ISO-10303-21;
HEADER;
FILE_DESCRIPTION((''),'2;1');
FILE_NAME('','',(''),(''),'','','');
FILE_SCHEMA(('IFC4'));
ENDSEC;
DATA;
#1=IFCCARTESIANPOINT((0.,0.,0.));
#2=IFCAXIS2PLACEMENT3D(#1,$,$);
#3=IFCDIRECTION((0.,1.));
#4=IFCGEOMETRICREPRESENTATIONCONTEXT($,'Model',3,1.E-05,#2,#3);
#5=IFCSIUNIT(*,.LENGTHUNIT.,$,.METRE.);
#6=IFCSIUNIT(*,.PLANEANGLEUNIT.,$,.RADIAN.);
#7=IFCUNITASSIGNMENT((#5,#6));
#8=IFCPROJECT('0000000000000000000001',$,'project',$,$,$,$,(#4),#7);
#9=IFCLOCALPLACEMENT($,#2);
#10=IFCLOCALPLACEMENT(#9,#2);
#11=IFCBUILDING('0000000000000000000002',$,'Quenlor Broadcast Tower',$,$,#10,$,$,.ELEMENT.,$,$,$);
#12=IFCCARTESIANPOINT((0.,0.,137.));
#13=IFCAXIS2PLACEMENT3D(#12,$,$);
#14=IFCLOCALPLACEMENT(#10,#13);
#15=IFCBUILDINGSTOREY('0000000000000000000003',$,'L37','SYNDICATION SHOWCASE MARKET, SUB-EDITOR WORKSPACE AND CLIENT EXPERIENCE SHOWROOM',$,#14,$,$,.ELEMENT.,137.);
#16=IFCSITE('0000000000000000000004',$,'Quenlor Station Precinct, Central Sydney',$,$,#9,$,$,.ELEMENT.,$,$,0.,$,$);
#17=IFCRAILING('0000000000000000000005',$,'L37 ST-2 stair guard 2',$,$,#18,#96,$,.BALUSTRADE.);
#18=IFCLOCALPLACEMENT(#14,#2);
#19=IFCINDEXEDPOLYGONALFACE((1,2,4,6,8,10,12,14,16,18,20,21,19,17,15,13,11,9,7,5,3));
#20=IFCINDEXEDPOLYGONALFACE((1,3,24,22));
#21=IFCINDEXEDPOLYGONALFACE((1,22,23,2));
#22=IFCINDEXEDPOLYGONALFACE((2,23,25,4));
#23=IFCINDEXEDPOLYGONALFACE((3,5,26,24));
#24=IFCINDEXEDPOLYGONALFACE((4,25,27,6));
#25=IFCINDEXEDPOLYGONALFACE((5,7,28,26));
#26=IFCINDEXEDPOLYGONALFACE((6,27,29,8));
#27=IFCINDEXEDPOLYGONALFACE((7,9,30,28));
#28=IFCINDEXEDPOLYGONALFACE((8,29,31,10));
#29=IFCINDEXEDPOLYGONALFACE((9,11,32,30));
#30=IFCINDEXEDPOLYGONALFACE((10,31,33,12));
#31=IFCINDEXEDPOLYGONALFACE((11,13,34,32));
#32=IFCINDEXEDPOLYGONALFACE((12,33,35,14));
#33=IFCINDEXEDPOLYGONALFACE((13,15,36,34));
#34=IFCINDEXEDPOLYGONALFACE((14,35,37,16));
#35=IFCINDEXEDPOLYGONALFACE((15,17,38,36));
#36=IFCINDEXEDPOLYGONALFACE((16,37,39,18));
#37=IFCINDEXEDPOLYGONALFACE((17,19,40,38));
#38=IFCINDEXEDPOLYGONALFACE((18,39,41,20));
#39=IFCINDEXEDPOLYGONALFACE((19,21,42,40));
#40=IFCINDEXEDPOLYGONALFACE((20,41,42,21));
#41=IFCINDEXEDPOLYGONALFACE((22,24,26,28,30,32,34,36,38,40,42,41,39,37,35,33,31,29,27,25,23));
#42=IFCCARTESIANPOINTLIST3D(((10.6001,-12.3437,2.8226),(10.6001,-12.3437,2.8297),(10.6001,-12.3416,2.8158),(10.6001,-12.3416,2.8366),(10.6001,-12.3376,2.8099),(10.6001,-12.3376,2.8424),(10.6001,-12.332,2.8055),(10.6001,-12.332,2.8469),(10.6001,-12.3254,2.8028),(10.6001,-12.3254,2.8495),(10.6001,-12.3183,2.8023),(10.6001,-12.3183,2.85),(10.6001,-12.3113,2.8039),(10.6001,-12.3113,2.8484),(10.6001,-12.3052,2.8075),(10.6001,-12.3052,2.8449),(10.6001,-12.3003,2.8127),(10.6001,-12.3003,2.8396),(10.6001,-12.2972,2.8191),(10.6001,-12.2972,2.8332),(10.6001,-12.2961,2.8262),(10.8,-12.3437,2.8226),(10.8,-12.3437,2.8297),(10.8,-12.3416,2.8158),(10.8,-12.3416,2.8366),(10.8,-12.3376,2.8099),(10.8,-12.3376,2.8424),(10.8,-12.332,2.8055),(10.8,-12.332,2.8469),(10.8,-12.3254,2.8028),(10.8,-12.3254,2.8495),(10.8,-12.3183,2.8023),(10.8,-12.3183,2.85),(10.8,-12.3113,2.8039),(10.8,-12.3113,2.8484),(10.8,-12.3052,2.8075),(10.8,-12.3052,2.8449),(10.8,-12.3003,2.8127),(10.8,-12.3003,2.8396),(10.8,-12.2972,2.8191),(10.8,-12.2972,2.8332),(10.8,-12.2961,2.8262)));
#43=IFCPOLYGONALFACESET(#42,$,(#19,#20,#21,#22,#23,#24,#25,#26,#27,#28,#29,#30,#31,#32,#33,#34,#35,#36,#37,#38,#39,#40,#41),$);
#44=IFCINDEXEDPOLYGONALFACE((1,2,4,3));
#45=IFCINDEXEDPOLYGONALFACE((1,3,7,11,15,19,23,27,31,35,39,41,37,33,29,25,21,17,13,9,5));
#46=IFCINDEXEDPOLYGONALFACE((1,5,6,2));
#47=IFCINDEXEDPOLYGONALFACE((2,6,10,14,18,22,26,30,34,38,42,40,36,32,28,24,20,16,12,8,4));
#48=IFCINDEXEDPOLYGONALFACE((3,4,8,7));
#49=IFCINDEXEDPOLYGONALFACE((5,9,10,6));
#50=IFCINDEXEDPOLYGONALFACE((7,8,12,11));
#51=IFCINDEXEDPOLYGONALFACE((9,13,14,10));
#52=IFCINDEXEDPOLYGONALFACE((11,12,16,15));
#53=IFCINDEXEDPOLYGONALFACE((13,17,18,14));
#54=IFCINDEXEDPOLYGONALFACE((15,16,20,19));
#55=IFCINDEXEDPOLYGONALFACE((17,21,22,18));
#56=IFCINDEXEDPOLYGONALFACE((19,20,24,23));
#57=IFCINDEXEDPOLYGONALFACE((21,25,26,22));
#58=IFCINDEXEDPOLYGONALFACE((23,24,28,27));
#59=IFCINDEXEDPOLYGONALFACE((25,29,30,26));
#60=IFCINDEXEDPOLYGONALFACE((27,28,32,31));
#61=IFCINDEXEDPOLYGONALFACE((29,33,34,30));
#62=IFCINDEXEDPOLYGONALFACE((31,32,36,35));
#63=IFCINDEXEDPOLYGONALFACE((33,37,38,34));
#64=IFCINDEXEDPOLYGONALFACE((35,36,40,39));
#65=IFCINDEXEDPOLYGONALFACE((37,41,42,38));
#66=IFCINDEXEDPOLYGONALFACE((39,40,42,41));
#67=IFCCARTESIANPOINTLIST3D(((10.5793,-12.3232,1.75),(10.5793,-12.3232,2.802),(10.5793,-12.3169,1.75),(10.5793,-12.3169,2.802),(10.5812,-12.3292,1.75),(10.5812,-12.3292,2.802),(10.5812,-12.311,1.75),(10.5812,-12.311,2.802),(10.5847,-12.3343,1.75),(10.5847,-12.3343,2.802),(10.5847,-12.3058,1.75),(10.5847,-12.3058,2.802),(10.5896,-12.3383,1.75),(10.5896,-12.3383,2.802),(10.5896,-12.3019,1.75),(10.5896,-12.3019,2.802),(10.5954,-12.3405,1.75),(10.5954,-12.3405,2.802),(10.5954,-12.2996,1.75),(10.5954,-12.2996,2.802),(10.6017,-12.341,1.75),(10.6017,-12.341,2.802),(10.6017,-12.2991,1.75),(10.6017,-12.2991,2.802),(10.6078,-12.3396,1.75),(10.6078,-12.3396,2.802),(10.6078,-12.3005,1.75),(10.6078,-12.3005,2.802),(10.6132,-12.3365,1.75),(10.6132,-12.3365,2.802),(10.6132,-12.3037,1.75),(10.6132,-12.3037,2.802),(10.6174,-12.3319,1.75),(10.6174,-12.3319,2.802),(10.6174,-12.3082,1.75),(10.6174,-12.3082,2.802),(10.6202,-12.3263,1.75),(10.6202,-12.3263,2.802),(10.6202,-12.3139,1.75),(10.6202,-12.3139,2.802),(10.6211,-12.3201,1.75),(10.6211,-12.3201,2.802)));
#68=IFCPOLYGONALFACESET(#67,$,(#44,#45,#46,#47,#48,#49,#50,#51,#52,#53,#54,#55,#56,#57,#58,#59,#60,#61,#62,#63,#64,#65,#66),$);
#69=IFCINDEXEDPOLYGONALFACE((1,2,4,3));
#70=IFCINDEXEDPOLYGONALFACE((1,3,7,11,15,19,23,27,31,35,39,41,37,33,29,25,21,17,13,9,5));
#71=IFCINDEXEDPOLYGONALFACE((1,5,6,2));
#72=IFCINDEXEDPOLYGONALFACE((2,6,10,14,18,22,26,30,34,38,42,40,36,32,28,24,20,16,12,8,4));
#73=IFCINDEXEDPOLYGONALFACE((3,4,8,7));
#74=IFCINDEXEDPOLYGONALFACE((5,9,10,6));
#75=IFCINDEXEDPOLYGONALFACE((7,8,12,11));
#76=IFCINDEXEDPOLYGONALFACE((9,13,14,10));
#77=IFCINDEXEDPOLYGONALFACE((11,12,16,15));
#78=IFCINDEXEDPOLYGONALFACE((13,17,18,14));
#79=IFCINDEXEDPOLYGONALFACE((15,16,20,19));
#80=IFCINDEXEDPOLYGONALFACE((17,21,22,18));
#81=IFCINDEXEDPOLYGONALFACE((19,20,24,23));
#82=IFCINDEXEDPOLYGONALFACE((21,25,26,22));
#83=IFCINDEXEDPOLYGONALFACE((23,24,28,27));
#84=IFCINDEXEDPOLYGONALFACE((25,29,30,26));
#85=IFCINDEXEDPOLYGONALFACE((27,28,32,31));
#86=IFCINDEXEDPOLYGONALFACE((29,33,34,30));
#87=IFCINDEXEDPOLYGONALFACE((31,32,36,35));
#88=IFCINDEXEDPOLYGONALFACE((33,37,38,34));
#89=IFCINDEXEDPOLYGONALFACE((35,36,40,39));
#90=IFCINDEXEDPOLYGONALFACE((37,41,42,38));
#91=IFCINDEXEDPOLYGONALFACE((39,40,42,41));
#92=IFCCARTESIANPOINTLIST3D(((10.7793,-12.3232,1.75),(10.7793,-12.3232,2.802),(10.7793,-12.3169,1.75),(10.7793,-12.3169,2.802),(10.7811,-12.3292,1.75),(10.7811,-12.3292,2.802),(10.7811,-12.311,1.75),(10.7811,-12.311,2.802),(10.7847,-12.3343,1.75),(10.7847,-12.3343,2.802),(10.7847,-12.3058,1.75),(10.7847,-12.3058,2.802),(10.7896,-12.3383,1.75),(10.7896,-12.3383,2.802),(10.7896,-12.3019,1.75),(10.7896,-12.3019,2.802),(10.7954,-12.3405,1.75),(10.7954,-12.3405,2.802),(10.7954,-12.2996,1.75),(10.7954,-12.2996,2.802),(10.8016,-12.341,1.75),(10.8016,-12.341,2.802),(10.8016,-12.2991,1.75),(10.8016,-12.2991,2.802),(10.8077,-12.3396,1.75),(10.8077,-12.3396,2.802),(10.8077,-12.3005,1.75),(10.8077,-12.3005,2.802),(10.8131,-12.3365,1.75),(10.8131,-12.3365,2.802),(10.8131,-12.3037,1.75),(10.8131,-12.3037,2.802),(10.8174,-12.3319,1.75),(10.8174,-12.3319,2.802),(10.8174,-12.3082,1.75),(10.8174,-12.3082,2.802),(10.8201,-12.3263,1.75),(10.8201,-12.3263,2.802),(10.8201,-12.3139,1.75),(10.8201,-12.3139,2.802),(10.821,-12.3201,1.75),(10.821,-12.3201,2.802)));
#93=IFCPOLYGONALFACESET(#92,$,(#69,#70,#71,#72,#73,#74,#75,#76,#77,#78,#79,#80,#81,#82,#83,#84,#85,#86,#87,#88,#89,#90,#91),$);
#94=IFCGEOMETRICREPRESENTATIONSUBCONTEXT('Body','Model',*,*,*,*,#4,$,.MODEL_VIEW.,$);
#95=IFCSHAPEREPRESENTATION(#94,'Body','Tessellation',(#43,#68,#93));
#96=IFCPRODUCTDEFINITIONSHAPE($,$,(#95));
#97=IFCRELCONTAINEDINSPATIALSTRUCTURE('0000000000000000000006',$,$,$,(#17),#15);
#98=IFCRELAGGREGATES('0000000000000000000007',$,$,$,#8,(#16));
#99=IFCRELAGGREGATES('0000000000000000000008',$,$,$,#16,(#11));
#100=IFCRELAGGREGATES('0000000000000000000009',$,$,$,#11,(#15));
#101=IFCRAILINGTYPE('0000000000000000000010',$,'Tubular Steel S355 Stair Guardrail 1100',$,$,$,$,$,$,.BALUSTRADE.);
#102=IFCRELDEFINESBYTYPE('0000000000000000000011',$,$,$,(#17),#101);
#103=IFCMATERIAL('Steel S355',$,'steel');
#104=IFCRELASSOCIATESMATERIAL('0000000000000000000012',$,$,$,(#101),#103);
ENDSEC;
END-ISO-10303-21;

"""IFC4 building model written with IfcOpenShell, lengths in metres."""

from ifc_helpers import new_model, si_unit, direction, frame, origin, origin_2d, place, context, subcontext, project, spatial, circle, extrude, material, type_object, element, save


model = new_model("IFC4")

# Units and contexts
model_context = context("Model", 3, precision=1e-05, world=origin(), true_north=direction((0.0, 1.0)))
body_context = subcontext(model_context, "Body", "Model", "MODEL_VIEW")
ifc_project = project(units=[si_unit("LENGTHUNIT", "METRE"), si_unit("PLANEANGLEUNIT", "RADIAN")], contexts=[model_context])

# Site, building, storey
site_placement = place(None, origin())
site = spatial("IfcSite", under=ifc_project, at=site_placement, Name="Quenlor Station Precinct, Central Sydney", CompositionType="ELEMENT", RefElevation=0.0)
building_placement = place(site_placement, origin())
building = spatial("IfcBuilding", under=site, at=building_placement, Name="Quenlor Broadcast Tower", CompositionType="ELEMENT")
storey_placement = place(building_placement, frame((0.0, 0.0, 137.0)))
storey = spatial("IfcBuildingStorey", under=building, at=storey_placement, Name="L37", Description="SYNDICATION SHOWCASE MARKET, SUB-EDITOR WORKSPACE AND CLIENT EXPERIENCE SHOWROOM", CompositionType="ELEMENT", Elevation=137.0)

# Railing
ifc_material_1 = material(Name="Steel S355", Category="steel")
railing_type_1 = type_object("IfcRailingType", Name="Tubular Steel S355 Stair Guardrail 1100", PredefinedType="BALUSTRADE", material=ifc_material_1)
railing_1_placement = place(storey_placement, frame((10.6001, -12.3201, 1.75)))
element("IfcRailing", 1, at=railing_1_placement, inside=storey, type_object=railing_type_1, Name="L37 ST-2 stair guard 2", PredefinedType="BALUSTRADE", context=body_context, shape_type="SweptSolid", body=[
    extrude(circle(Radius=0.0239, at=origin_2d()), frame((0.0, 0.0, 1.0762), z_axis=(1.0, 0.0, 0.0), x_axis=(0.0, 1.0, 0.0)), (0.0, 0.0, 1.0), 0.2),
    extrude(circle(Radius=0.021, at=origin_2d()), origin(), (0.0, 0.0, 1.0), 1.052),
    extrude(circle(Radius=0.021, at=origin_2d()), frame((0.2, 0.0, 0.0)), (0.0, 0.0, 1.0), 1.052),
])

save(model, "model.ifc")
